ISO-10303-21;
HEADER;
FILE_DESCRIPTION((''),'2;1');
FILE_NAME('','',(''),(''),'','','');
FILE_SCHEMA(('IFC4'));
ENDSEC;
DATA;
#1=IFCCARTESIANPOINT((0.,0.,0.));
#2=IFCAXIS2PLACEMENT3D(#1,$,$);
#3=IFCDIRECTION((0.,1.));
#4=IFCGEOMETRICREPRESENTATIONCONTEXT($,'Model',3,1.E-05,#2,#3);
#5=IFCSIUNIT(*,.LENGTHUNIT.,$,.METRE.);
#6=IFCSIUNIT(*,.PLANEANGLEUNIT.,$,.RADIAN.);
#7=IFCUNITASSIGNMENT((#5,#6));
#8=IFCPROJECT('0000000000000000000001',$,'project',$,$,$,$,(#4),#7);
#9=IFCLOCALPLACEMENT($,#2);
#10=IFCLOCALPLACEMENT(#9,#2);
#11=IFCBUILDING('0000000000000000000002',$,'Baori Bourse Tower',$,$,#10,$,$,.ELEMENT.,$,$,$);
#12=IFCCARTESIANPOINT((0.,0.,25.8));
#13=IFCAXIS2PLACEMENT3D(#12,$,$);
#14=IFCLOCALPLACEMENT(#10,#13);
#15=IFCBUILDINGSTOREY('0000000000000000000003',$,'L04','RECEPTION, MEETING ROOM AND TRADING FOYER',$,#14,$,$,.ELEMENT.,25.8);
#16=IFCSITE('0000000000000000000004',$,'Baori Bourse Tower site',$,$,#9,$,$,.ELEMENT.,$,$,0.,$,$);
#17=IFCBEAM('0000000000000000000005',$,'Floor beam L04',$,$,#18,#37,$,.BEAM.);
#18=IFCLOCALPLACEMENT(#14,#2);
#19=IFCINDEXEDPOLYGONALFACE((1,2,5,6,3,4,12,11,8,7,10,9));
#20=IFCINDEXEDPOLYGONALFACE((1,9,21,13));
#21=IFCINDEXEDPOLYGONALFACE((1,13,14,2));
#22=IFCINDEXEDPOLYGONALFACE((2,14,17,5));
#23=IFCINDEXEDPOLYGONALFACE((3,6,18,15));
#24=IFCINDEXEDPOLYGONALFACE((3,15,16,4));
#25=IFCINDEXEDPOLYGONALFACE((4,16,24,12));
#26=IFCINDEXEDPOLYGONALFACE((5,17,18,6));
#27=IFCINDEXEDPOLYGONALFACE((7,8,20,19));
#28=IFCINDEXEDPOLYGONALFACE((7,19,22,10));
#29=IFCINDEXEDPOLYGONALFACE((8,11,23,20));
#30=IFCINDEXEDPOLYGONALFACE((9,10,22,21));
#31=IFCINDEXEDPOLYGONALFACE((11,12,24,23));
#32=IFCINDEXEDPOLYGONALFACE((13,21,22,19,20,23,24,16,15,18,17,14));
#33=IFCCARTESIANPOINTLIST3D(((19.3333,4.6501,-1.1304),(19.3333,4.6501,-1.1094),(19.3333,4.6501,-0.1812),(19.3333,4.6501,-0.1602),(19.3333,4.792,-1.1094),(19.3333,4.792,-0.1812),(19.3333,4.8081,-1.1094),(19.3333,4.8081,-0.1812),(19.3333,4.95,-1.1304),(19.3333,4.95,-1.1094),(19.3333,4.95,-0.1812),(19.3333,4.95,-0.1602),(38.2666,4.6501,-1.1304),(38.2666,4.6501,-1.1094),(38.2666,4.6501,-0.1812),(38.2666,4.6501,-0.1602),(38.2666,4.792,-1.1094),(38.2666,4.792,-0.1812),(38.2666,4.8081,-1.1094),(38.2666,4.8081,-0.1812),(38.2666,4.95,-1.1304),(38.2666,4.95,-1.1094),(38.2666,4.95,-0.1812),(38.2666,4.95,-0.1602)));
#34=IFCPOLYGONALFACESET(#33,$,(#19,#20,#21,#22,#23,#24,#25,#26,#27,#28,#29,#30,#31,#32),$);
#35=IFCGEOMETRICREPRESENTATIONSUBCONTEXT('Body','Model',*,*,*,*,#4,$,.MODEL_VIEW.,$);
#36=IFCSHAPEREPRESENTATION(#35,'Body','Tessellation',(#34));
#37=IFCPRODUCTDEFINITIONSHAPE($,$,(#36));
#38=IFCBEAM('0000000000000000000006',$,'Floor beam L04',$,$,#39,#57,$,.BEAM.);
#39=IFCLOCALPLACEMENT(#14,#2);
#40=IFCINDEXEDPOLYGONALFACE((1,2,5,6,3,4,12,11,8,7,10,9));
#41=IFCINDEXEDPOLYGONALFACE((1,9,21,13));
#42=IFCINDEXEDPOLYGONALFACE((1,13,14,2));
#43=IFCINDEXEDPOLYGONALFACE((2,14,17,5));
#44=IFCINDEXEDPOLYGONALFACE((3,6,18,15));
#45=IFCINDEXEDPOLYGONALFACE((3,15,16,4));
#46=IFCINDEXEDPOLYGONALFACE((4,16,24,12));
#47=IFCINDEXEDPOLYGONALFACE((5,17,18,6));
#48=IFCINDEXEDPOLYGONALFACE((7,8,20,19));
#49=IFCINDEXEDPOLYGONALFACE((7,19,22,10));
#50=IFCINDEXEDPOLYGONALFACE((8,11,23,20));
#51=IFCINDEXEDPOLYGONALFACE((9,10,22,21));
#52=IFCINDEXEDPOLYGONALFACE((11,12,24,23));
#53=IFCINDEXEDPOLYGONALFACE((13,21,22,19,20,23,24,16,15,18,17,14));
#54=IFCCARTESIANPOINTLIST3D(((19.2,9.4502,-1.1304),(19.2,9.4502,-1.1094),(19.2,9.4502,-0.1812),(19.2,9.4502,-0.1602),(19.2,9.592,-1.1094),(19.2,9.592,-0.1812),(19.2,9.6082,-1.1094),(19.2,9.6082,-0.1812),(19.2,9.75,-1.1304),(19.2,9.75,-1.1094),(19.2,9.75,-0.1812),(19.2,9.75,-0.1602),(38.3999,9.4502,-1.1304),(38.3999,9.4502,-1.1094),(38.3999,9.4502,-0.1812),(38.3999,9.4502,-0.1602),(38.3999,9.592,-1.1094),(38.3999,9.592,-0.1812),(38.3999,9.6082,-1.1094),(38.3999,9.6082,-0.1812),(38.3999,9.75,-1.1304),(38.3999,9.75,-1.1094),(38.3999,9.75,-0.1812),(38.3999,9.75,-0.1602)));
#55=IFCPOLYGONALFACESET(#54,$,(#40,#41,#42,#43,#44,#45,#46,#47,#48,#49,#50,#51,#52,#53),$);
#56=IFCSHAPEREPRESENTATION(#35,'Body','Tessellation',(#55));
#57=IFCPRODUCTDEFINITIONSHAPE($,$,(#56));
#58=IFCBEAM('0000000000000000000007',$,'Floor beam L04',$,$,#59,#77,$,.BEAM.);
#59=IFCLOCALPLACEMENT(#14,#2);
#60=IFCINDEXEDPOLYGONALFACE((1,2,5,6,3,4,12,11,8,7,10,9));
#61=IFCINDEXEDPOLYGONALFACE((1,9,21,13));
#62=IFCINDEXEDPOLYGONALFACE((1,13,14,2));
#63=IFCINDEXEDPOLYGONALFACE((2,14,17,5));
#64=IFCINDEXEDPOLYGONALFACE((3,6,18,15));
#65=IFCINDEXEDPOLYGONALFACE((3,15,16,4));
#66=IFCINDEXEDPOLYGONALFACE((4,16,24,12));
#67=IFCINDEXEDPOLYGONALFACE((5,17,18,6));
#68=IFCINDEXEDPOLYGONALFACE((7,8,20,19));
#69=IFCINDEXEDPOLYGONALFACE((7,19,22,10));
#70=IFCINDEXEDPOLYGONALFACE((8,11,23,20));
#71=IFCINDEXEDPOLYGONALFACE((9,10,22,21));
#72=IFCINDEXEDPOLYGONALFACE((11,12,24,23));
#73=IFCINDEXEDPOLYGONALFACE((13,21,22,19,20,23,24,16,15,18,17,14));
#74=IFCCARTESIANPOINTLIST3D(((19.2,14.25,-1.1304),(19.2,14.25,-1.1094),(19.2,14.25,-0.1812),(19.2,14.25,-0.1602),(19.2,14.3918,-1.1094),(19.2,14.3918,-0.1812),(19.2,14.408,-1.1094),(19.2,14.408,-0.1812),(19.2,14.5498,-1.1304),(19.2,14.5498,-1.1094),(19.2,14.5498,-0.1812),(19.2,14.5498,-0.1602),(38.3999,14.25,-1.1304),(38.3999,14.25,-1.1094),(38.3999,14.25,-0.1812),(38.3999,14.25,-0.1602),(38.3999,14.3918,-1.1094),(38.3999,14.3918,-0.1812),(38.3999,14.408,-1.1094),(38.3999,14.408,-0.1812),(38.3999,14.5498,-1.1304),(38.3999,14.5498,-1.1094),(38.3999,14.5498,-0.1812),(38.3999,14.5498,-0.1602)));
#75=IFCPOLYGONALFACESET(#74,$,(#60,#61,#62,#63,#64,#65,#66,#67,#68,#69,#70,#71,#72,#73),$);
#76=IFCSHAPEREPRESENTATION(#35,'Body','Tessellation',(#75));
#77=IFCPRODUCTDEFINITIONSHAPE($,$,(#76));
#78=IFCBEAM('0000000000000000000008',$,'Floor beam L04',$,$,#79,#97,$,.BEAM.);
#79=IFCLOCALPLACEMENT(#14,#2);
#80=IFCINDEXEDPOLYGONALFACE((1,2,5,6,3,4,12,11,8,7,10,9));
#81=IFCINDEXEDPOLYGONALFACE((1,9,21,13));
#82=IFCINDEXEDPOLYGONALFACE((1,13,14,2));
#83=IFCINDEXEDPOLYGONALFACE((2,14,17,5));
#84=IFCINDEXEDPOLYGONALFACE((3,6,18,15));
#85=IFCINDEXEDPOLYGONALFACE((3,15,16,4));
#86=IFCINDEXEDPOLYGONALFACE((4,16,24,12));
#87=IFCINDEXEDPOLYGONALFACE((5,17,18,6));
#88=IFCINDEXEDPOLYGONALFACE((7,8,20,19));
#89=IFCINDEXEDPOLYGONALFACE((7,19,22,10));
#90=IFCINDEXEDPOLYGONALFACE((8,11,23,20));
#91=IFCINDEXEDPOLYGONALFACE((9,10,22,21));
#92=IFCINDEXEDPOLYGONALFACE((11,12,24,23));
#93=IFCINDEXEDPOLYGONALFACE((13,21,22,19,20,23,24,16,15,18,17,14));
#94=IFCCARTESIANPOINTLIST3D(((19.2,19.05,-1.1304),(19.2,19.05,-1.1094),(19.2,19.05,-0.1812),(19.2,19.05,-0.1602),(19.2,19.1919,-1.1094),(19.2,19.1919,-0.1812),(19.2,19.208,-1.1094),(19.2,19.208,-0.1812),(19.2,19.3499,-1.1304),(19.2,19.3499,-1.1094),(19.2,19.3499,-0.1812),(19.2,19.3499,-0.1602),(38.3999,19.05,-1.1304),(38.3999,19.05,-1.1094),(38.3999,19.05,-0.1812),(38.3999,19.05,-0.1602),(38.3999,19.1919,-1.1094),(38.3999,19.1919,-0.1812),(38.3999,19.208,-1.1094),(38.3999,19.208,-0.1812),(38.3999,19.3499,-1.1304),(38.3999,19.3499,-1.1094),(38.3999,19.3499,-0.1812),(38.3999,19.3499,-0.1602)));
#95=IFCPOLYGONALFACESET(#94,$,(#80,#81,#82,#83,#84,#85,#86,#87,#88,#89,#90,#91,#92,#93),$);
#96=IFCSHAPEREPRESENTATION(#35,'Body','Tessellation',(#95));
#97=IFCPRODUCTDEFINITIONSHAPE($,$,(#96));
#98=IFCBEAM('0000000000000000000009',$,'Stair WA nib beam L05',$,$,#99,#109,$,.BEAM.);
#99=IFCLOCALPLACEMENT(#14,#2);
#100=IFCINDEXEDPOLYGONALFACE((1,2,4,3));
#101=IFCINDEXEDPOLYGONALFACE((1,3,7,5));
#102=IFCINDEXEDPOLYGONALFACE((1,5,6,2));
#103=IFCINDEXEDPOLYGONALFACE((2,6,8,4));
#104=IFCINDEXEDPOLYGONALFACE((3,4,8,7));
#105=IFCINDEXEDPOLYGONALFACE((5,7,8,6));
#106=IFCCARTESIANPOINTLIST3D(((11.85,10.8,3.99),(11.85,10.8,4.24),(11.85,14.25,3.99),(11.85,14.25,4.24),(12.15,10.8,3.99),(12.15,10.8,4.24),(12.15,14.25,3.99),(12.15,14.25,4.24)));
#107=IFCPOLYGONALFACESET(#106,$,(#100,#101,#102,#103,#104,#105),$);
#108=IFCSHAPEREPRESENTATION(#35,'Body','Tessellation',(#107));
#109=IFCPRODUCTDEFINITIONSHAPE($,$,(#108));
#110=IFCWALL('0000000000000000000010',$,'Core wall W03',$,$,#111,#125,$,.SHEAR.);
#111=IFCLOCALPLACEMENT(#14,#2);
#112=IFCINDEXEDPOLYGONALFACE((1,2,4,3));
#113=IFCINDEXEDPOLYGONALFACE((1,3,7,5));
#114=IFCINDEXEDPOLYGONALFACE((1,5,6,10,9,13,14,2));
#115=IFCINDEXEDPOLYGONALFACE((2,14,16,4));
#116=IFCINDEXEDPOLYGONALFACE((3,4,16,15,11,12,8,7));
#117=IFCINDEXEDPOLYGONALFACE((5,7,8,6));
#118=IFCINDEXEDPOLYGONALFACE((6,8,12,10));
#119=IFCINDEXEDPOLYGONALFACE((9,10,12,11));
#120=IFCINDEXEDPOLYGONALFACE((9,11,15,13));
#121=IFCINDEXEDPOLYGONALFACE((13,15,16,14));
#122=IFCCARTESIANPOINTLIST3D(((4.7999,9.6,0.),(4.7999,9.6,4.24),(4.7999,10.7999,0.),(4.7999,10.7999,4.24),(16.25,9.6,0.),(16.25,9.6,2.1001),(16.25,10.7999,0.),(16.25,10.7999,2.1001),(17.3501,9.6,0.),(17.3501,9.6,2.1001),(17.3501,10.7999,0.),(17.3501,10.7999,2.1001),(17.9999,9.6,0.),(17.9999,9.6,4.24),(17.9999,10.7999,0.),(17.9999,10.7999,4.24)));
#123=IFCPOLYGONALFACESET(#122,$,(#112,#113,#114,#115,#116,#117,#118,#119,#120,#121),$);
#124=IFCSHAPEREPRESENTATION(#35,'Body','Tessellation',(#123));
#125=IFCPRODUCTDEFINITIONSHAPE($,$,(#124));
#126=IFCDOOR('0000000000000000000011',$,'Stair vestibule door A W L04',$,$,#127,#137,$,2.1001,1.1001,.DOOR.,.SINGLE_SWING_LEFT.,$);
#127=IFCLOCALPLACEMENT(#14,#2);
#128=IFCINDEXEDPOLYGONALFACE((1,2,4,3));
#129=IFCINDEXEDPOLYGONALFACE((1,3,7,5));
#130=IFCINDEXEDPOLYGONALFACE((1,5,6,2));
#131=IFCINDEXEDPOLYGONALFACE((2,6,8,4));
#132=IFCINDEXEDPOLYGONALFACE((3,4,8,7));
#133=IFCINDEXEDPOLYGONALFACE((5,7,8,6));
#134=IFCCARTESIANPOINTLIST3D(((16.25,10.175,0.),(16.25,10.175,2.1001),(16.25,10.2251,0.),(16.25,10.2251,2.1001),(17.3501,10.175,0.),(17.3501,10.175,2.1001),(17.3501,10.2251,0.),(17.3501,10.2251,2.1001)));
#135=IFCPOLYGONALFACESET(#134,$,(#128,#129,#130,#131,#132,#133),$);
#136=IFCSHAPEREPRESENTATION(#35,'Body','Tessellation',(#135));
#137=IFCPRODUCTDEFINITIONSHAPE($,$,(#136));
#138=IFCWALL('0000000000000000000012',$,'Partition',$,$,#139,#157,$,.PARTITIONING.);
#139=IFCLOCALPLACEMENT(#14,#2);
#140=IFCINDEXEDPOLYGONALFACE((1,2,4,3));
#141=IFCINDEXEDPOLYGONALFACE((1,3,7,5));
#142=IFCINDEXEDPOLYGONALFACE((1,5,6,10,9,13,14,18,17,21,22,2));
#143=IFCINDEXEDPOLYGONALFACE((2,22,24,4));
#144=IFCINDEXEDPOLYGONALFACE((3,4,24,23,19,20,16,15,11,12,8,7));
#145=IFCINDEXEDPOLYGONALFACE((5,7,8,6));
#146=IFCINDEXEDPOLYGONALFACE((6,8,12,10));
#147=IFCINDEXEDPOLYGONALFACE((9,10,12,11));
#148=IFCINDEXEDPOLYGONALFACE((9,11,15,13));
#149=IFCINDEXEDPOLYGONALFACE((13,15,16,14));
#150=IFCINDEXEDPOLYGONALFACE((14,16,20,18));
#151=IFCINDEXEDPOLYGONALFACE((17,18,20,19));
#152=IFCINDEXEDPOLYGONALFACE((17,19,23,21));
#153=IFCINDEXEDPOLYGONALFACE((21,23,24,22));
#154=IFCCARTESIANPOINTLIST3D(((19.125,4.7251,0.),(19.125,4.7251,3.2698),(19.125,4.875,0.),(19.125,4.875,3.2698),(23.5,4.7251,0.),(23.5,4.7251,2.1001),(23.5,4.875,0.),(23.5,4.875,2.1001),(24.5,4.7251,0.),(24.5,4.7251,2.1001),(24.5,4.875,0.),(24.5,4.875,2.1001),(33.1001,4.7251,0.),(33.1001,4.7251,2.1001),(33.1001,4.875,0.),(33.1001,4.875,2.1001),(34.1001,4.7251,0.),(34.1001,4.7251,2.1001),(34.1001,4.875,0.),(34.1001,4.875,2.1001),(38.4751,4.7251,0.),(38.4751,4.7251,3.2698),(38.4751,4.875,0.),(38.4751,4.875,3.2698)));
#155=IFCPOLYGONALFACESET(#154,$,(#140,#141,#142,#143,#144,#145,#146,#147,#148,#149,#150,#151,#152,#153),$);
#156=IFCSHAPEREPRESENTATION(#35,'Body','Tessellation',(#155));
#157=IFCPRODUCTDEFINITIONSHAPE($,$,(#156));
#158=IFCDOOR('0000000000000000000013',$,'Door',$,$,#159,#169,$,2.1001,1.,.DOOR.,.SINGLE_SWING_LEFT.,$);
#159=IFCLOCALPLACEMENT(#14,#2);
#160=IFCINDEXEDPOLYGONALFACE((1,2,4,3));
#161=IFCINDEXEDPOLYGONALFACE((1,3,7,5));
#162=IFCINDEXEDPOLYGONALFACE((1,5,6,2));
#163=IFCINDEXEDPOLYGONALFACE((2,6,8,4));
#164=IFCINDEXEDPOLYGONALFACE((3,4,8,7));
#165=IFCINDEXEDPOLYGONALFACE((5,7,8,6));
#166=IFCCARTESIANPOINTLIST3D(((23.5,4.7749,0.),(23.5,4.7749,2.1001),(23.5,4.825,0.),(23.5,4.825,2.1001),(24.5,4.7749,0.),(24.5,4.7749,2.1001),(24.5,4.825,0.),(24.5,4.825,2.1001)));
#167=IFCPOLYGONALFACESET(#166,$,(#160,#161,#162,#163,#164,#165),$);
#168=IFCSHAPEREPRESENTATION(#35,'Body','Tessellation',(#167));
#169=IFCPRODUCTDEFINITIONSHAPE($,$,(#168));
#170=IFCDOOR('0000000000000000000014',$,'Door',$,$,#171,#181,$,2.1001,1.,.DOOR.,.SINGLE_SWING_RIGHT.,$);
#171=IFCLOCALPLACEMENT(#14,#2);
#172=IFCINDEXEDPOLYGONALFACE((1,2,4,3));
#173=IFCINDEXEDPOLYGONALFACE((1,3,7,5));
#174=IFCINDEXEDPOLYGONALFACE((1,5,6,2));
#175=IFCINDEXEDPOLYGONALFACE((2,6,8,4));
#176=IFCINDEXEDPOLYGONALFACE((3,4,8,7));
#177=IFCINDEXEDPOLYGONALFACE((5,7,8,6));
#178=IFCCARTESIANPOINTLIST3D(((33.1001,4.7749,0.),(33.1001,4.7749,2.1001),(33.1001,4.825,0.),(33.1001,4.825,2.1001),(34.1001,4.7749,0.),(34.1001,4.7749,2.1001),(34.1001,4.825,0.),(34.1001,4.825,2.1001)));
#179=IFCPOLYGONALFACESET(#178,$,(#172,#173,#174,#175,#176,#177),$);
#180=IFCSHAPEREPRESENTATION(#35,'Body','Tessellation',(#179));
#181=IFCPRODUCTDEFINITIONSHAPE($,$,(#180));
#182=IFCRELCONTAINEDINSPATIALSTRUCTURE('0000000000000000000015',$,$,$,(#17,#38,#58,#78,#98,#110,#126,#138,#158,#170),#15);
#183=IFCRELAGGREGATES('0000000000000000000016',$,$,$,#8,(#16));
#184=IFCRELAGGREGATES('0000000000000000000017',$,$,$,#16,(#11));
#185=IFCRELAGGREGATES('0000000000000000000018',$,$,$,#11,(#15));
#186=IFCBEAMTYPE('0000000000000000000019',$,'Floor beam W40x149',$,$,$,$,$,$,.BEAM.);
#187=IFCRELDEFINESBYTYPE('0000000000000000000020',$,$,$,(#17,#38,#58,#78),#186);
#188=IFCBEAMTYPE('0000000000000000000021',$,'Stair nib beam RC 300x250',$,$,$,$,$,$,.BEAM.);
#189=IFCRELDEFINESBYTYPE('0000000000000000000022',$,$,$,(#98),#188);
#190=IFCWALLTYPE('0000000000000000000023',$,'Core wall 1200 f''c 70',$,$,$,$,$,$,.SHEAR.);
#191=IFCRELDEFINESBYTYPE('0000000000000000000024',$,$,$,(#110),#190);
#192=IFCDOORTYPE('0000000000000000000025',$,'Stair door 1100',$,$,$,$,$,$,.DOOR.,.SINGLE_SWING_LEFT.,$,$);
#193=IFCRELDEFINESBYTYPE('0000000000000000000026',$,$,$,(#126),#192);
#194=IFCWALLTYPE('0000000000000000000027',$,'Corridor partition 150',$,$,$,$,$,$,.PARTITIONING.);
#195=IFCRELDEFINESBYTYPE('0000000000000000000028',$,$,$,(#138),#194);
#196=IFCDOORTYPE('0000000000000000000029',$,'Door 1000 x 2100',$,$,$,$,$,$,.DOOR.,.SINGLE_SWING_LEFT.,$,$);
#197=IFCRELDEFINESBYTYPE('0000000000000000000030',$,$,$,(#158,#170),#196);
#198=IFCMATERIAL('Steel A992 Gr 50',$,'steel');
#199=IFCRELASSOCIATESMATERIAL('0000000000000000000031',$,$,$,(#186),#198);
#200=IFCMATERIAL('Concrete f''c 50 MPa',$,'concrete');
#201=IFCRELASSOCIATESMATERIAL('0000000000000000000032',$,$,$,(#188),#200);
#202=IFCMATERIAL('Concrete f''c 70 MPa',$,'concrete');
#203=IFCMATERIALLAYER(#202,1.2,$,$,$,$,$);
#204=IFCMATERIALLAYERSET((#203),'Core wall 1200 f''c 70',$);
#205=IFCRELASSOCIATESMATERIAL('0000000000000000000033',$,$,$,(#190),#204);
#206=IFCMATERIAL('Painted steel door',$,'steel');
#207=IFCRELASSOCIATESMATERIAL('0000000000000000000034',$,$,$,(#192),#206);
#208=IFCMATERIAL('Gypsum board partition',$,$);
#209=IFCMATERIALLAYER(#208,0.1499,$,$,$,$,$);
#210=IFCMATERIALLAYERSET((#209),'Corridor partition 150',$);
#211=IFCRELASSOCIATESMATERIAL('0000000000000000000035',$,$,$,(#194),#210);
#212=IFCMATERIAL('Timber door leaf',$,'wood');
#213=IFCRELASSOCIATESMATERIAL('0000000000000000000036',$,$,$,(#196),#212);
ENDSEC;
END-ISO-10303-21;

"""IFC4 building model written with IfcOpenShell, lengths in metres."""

from ifc_helpers import new_model, si_unit, direction, frame, frame_2d, origin, origin_2d, place, context, subcontext, project, spatial, rectangle, i_section, extrude, material, layer, layer_set, material_profile, profile_set, type_object, element, fill, save


model = new_model("IFC4")

# Units and contexts
model_context = context("Model", 3, precision=1e-05, world=origin(), true_north=direction((0.0, 1.0)))
body_context = subcontext(model_context, "Body", "Model", "MODEL_VIEW")
ifc_project = project(units=[si_unit("LENGTHUNIT", "METRE"), si_unit("PLANEANGLEUNIT", "RADIAN")], contexts=[model_context])

# Site, building, storey
site_placement = place(None, origin())
site = spatial("IfcSite", under=ifc_project, at=site_placement, Name="Baori Bourse Tower site", CompositionType="ELEMENT", RefElevation=0.0)
building_placement = place(site_placement, origin())
building = spatial("IfcBuilding", under=site, at=building_placement, Name="Baori Bourse Tower", CompositionType="ELEMENT")
storey_placement = place(building_placement, frame((0.0, 0.0, 25.8)))
storey = spatial("IfcBuildingStorey", under=building, at=storey_placement, Name="L04", Description="RECEPTION, MEETING ROOM AND TRADING FOYER", CompositionType="ELEMENT", Elevation=25.8)

# Beams
ifc_material_1 = material(Name="Steel A992 Gr 50", Category="steel")
ifc_material_profile_1 = material_profile(ifc_material_1, i_section(OverallWidth=0.2998, OverallDepth=0.9702, WebThickness=0.0161, FlangeThickness=0.021, at=origin_2d()), Name="W40x149")
ifc_profile_set_1 = profile_set([ifc_material_profile_1], Name="Steel A992 Gr 50")
beam_type_1 = type_object("IfcBeamType", Name="Floor beam W40x149", PredefinedType="BEAM", material=ifc_profile_set_1)
beam_1_placement = place(storey_placement, frame((19.3333, 4.8, -0.6453), z_axis=(1.0, 0.0, 0.0), x_axis=(0.0, 1.0, 0.0)))
element("IfcBeam", 1, at=beam_1_placement, inside=storey, type_object=beam_type_1, Name="Floor beam L04", PredefinedType="BEAM", context=body_context, shape_type="SweptSolid", body=[
    extrude(i_section(OverallWidth=0.2998, OverallDepth=0.9702, WebThickness=0.0161, FlangeThickness=0.021, at=origin_2d()), origin(), (0.0, 0.0, 1.0), 18.9333),
])
for number, where, z_axis, x_axis, name in (
    (2, (19.2, 9.6001, -0.6453), (1.0, 0.0, 0.0), (0.0, 1.0, 0.0), "Floor beam L04"),
    (3, (19.2, 14.3999, -0.6453), (1.0, 0.0, 0.0), (0.0, 1.0, 0.0), "Floor beam L04"),
    (4, (19.2, 19.2, -0.6453), (1.0, 0.0, 0.0), (0.0, 1.0, 0.0), "Floor beam L04"),
):
    element("IfcBeam", number, at=place(storey_placement, frame(where, z_axis=z_axis, x_axis=x_axis)), inside=storey, type_object=beam_type_1, Name=name, PredefinedType="BEAM", context=body_context, shape_type="SweptSolid", body=[
        extrude(i_section(OverallWidth=0.2998, OverallDepth=0.9702, WebThickness=0.0161, FlangeThickness=0.021, at=origin_2d()), origin(), (0.0, 0.0, 1.0), 19.2),
    ])
ifc_material_2 = material(Name="Concrete f'c 50 MPa", Category="concrete")
ifc_material_profile_2 = material_profile(ifc_material_2, rectangle(XDim=0.3, YDim=0.25, at=origin_2d()), Name="RC 300x250")
ifc_profile_set_2 = profile_set([ifc_material_profile_2], Name="Concrete f'c 50 MPa")
beam_type_2 = type_object("IfcBeamType", Name="Stair nib beam RC 300x250", PredefinedType="BEAM", material=ifc_profile_set_2)
beam_2_placement = place(storey_placement, frame((12.0, 10.8, 4.115), z_axis=(0.0, 1.0, 0.0), x_axis=(-1.0, 0.0, 0.0)))
element("IfcBeam", 5, at=beam_2_placement, inside=storey, type_object=beam_type_2, Name="Stair WA nib beam L05", PredefinedType="BEAM", context=body_context, shape_type="SweptSolid", body=[
    extrude(rectangle(XDim=0.3, YDim=0.25, at=origin_2d()), origin(), (0.0, 0.0, 1.0), 3.45),
])

# Wall, opening, door
ifc_material_3 = material(Name="Concrete f'c 70 MPa", Category="concrete")
ifc_layer_1 = layer(ifc_material_3, 1.2)
ifc_layer_set_1 = layer_set([ifc_layer_1], Name="Core wall 1200 f'c 70")
wall_type_1 = type_object("IfcWallType", Name="Core wall 1200 f'c 70", PredefinedType="SHEAR", material=ifc_layer_set_1)
wall_1_placement = place(storey_placement, frame((18.0, 10.2, 0.0), z_axis=(0.0, 0.0, 1.0), x_axis=(-1.0, 0.0, 0.0)))
wall_1 = element("IfcWall", 6, at=wall_1_placement, inside=storey, type_object=wall_type_1, Name="Core wall W03", PredefinedType="SHEAR", context=body_context, shape_type="SweptSolid", body=[
    extrude(rectangle(XDim=13.2, YDim=1.2, at=frame_2d((6.6001, 0.0))), origin(), (0.0, 0.0, 1.0), 4.24),
])
opening_1_placement = place(wall_1_placement, frame((0.6499, 0.0, 0.0)))
opening_1 = element("IfcOpeningElement", 7, at=opening_1_placement, cuts=wall_1, PredefinedType="OPENING", context=body_context, shape_type="SweptSolid", body=[
    extrude(rectangle(XDim=1.1001, YDim=2.1001, at=frame_2d((0.55, 1.05))), frame((0.0, 0.6099, 0.0), z_axis=(0.0, -1.0, 0.0), x_axis=(1.0, 0.0, 0.0)), (0.0, 0.0, 1.0), 1.22),
])
ifc_material_4 = material(Name="Painted steel door", Category="steel")
door_type_1 = type_object("IfcDoorType", Name="Stair door 1100", OperationType="SINGLE_SWING_LEFT", PredefinedType="DOOR", material=ifc_material_4)
door_1_placement = place(opening_1_placement, origin())
door_1 = element("IfcDoor", 8, at=door_1_placement, inside=storey, type_object=door_type_1, Name="Stair vestibule door A W L04", OperationType="SINGLE_SWING_LEFT", OverallHeight=2.1001, OverallWidth=1.1001, PredefinedType="DOOR", context=body_context, shape_type="SweptSolid", body=[
    extrude(rectangle(XDim=1.1001, YDim=2.1001, at=frame_2d((0.55, 1.05))), frame((0.0, 0.0249, 0.0), z_axis=(0.0, -1.0, 0.0), x_axis=(1.0, 0.0, 0.0)), (0.0, 0.0, 1.0), 0.05),
])
fill(opening_1, door_1)

# Wall, openings, doors
ifc_material_5 = material(Name="Gypsum board partition")
ifc_layer_2 = layer(ifc_material_5, 0.1499)
ifc_layer_set_2 = layer_set([ifc_layer_2], Name="Corridor partition 150")
wall_type_2 = type_object("IfcWallType", Name="Corridor partition 150", PredefinedType="PARTITIONING", material=ifc_layer_set_2)
wall_2_placement = place(storey_placement, frame((19.125, 4.8, 0.0), z_axis=(0.0, 0.0, 1.0), x_axis=(1.0, 0.0, 0.0)))
wall_2 = element("IfcWall", 9, at=wall_2_placement, inside=storey, type_object=wall_type_2, Name="Partition", PredefinedType="PARTITIONING", context=body_context, shape_type="SweptSolid", body=[
    extrude(rectangle(XDim=19.3501, YDim=0.1499, at=frame_2d((9.675, 0.0))), origin(), (0.0, 0.0, 1.0), 3.2698),
])
opening_2_placement = place(wall_2_placement, frame((4.375, 0.0, 0.0)))
opening_2 = element("IfcOpeningElement", 10, at=opening_2_placement, cuts=wall_2, PredefinedType="OPENING", context=body_context, shape_type="SweptSolid", body=[
    extrude(rectangle(XDim=1.0, YDim=2.1001, at=frame_2d((0.5, 1.05))), frame((0.0, 0.085, 0.0), z_axis=(0.0, -1.0, 0.0), x_axis=(1.0, 0.0, 0.0)), (0.0, 0.0, 1.0), 0.1699),
])
opening_3_placement = place(wall_2_placement, frame((13.9751, 0.0, 0.0)))
opening_3 = element("IfcOpeningElement", 11, at=opening_3_placement, cuts=wall_2, PredefinedType="OPENING", context=body_context, shape_type="SweptSolid", body=[
    extrude(rectangle(XDim=1.0, YDim=2.1001, at=frame_2d((0.5, 1.05))), frame((0.0, 0.085, 0.0), z_axis=(0.0, -1.0, 0.0), x_axis=(1.0, 0.0, 0.0)), (0.0, 0.0, 1.0), 0.1699),
])
ifc_material_6 = material(Name="Timber door leaf", Category="wood")
door_type_2 = type_object("IfcDoorType", Name="Door 1000 x 2100", OperationType="SINGLE_SWING_LEFT", PredefinedType="DOOR", material=ifc_material_6)
door_2_placement = place(opening_2_placement, origin())
door_2 = element("IfcDoor", 12, at=door_2_placement, inside=storey, type_object=door_type_2, Name="Door", OperationType="SINGLE_SWING_LEFT", OverallHeight=2.1001, OverallWidth=1.0, PredefinedType="DOOR", context=body_context, shape_type="SweptSolid", body=[
    extrude(rectangle(XDim=1.0, YDim=2.1001, at=frame_2d((0.5, 1.05))), frame((0.0, 0.0249, 0.0), z_axis=(0.0, -1.0, 0.0), x_axis=(1.0, 0.0, 0.0)), (0.0, 0.0, 1.0), 0.05),
])
fill(opening_2, door_2)
door_3_placement = place(opening_3_placement, origin())
door_3 = element("IfcDoor", 13, at=door_3_placement, inside=storey, type_object=door_type_2, Name="Door", OperationType="SINGLE_SWING_RIGHT", OverallHeight=2.1001, OverallWidth=1.0, PredefinedType="DOOR", context=body_context, shape_type="SweptSolid", body=[
    extrude(rectangle(XDim=1.0, YDim=2.1001, at=frame_2d((0.5, 1.05))), frame((0.0, 0.0249, 0.0), z_axis=(0.0, -1.0, 0.0), x_axis=(1.0, 0.0, 0.0)), (0.0, 0.0, 1.0), 0.05),
])
fill(opening_3, door_3)

save(model, "model.ifc")
